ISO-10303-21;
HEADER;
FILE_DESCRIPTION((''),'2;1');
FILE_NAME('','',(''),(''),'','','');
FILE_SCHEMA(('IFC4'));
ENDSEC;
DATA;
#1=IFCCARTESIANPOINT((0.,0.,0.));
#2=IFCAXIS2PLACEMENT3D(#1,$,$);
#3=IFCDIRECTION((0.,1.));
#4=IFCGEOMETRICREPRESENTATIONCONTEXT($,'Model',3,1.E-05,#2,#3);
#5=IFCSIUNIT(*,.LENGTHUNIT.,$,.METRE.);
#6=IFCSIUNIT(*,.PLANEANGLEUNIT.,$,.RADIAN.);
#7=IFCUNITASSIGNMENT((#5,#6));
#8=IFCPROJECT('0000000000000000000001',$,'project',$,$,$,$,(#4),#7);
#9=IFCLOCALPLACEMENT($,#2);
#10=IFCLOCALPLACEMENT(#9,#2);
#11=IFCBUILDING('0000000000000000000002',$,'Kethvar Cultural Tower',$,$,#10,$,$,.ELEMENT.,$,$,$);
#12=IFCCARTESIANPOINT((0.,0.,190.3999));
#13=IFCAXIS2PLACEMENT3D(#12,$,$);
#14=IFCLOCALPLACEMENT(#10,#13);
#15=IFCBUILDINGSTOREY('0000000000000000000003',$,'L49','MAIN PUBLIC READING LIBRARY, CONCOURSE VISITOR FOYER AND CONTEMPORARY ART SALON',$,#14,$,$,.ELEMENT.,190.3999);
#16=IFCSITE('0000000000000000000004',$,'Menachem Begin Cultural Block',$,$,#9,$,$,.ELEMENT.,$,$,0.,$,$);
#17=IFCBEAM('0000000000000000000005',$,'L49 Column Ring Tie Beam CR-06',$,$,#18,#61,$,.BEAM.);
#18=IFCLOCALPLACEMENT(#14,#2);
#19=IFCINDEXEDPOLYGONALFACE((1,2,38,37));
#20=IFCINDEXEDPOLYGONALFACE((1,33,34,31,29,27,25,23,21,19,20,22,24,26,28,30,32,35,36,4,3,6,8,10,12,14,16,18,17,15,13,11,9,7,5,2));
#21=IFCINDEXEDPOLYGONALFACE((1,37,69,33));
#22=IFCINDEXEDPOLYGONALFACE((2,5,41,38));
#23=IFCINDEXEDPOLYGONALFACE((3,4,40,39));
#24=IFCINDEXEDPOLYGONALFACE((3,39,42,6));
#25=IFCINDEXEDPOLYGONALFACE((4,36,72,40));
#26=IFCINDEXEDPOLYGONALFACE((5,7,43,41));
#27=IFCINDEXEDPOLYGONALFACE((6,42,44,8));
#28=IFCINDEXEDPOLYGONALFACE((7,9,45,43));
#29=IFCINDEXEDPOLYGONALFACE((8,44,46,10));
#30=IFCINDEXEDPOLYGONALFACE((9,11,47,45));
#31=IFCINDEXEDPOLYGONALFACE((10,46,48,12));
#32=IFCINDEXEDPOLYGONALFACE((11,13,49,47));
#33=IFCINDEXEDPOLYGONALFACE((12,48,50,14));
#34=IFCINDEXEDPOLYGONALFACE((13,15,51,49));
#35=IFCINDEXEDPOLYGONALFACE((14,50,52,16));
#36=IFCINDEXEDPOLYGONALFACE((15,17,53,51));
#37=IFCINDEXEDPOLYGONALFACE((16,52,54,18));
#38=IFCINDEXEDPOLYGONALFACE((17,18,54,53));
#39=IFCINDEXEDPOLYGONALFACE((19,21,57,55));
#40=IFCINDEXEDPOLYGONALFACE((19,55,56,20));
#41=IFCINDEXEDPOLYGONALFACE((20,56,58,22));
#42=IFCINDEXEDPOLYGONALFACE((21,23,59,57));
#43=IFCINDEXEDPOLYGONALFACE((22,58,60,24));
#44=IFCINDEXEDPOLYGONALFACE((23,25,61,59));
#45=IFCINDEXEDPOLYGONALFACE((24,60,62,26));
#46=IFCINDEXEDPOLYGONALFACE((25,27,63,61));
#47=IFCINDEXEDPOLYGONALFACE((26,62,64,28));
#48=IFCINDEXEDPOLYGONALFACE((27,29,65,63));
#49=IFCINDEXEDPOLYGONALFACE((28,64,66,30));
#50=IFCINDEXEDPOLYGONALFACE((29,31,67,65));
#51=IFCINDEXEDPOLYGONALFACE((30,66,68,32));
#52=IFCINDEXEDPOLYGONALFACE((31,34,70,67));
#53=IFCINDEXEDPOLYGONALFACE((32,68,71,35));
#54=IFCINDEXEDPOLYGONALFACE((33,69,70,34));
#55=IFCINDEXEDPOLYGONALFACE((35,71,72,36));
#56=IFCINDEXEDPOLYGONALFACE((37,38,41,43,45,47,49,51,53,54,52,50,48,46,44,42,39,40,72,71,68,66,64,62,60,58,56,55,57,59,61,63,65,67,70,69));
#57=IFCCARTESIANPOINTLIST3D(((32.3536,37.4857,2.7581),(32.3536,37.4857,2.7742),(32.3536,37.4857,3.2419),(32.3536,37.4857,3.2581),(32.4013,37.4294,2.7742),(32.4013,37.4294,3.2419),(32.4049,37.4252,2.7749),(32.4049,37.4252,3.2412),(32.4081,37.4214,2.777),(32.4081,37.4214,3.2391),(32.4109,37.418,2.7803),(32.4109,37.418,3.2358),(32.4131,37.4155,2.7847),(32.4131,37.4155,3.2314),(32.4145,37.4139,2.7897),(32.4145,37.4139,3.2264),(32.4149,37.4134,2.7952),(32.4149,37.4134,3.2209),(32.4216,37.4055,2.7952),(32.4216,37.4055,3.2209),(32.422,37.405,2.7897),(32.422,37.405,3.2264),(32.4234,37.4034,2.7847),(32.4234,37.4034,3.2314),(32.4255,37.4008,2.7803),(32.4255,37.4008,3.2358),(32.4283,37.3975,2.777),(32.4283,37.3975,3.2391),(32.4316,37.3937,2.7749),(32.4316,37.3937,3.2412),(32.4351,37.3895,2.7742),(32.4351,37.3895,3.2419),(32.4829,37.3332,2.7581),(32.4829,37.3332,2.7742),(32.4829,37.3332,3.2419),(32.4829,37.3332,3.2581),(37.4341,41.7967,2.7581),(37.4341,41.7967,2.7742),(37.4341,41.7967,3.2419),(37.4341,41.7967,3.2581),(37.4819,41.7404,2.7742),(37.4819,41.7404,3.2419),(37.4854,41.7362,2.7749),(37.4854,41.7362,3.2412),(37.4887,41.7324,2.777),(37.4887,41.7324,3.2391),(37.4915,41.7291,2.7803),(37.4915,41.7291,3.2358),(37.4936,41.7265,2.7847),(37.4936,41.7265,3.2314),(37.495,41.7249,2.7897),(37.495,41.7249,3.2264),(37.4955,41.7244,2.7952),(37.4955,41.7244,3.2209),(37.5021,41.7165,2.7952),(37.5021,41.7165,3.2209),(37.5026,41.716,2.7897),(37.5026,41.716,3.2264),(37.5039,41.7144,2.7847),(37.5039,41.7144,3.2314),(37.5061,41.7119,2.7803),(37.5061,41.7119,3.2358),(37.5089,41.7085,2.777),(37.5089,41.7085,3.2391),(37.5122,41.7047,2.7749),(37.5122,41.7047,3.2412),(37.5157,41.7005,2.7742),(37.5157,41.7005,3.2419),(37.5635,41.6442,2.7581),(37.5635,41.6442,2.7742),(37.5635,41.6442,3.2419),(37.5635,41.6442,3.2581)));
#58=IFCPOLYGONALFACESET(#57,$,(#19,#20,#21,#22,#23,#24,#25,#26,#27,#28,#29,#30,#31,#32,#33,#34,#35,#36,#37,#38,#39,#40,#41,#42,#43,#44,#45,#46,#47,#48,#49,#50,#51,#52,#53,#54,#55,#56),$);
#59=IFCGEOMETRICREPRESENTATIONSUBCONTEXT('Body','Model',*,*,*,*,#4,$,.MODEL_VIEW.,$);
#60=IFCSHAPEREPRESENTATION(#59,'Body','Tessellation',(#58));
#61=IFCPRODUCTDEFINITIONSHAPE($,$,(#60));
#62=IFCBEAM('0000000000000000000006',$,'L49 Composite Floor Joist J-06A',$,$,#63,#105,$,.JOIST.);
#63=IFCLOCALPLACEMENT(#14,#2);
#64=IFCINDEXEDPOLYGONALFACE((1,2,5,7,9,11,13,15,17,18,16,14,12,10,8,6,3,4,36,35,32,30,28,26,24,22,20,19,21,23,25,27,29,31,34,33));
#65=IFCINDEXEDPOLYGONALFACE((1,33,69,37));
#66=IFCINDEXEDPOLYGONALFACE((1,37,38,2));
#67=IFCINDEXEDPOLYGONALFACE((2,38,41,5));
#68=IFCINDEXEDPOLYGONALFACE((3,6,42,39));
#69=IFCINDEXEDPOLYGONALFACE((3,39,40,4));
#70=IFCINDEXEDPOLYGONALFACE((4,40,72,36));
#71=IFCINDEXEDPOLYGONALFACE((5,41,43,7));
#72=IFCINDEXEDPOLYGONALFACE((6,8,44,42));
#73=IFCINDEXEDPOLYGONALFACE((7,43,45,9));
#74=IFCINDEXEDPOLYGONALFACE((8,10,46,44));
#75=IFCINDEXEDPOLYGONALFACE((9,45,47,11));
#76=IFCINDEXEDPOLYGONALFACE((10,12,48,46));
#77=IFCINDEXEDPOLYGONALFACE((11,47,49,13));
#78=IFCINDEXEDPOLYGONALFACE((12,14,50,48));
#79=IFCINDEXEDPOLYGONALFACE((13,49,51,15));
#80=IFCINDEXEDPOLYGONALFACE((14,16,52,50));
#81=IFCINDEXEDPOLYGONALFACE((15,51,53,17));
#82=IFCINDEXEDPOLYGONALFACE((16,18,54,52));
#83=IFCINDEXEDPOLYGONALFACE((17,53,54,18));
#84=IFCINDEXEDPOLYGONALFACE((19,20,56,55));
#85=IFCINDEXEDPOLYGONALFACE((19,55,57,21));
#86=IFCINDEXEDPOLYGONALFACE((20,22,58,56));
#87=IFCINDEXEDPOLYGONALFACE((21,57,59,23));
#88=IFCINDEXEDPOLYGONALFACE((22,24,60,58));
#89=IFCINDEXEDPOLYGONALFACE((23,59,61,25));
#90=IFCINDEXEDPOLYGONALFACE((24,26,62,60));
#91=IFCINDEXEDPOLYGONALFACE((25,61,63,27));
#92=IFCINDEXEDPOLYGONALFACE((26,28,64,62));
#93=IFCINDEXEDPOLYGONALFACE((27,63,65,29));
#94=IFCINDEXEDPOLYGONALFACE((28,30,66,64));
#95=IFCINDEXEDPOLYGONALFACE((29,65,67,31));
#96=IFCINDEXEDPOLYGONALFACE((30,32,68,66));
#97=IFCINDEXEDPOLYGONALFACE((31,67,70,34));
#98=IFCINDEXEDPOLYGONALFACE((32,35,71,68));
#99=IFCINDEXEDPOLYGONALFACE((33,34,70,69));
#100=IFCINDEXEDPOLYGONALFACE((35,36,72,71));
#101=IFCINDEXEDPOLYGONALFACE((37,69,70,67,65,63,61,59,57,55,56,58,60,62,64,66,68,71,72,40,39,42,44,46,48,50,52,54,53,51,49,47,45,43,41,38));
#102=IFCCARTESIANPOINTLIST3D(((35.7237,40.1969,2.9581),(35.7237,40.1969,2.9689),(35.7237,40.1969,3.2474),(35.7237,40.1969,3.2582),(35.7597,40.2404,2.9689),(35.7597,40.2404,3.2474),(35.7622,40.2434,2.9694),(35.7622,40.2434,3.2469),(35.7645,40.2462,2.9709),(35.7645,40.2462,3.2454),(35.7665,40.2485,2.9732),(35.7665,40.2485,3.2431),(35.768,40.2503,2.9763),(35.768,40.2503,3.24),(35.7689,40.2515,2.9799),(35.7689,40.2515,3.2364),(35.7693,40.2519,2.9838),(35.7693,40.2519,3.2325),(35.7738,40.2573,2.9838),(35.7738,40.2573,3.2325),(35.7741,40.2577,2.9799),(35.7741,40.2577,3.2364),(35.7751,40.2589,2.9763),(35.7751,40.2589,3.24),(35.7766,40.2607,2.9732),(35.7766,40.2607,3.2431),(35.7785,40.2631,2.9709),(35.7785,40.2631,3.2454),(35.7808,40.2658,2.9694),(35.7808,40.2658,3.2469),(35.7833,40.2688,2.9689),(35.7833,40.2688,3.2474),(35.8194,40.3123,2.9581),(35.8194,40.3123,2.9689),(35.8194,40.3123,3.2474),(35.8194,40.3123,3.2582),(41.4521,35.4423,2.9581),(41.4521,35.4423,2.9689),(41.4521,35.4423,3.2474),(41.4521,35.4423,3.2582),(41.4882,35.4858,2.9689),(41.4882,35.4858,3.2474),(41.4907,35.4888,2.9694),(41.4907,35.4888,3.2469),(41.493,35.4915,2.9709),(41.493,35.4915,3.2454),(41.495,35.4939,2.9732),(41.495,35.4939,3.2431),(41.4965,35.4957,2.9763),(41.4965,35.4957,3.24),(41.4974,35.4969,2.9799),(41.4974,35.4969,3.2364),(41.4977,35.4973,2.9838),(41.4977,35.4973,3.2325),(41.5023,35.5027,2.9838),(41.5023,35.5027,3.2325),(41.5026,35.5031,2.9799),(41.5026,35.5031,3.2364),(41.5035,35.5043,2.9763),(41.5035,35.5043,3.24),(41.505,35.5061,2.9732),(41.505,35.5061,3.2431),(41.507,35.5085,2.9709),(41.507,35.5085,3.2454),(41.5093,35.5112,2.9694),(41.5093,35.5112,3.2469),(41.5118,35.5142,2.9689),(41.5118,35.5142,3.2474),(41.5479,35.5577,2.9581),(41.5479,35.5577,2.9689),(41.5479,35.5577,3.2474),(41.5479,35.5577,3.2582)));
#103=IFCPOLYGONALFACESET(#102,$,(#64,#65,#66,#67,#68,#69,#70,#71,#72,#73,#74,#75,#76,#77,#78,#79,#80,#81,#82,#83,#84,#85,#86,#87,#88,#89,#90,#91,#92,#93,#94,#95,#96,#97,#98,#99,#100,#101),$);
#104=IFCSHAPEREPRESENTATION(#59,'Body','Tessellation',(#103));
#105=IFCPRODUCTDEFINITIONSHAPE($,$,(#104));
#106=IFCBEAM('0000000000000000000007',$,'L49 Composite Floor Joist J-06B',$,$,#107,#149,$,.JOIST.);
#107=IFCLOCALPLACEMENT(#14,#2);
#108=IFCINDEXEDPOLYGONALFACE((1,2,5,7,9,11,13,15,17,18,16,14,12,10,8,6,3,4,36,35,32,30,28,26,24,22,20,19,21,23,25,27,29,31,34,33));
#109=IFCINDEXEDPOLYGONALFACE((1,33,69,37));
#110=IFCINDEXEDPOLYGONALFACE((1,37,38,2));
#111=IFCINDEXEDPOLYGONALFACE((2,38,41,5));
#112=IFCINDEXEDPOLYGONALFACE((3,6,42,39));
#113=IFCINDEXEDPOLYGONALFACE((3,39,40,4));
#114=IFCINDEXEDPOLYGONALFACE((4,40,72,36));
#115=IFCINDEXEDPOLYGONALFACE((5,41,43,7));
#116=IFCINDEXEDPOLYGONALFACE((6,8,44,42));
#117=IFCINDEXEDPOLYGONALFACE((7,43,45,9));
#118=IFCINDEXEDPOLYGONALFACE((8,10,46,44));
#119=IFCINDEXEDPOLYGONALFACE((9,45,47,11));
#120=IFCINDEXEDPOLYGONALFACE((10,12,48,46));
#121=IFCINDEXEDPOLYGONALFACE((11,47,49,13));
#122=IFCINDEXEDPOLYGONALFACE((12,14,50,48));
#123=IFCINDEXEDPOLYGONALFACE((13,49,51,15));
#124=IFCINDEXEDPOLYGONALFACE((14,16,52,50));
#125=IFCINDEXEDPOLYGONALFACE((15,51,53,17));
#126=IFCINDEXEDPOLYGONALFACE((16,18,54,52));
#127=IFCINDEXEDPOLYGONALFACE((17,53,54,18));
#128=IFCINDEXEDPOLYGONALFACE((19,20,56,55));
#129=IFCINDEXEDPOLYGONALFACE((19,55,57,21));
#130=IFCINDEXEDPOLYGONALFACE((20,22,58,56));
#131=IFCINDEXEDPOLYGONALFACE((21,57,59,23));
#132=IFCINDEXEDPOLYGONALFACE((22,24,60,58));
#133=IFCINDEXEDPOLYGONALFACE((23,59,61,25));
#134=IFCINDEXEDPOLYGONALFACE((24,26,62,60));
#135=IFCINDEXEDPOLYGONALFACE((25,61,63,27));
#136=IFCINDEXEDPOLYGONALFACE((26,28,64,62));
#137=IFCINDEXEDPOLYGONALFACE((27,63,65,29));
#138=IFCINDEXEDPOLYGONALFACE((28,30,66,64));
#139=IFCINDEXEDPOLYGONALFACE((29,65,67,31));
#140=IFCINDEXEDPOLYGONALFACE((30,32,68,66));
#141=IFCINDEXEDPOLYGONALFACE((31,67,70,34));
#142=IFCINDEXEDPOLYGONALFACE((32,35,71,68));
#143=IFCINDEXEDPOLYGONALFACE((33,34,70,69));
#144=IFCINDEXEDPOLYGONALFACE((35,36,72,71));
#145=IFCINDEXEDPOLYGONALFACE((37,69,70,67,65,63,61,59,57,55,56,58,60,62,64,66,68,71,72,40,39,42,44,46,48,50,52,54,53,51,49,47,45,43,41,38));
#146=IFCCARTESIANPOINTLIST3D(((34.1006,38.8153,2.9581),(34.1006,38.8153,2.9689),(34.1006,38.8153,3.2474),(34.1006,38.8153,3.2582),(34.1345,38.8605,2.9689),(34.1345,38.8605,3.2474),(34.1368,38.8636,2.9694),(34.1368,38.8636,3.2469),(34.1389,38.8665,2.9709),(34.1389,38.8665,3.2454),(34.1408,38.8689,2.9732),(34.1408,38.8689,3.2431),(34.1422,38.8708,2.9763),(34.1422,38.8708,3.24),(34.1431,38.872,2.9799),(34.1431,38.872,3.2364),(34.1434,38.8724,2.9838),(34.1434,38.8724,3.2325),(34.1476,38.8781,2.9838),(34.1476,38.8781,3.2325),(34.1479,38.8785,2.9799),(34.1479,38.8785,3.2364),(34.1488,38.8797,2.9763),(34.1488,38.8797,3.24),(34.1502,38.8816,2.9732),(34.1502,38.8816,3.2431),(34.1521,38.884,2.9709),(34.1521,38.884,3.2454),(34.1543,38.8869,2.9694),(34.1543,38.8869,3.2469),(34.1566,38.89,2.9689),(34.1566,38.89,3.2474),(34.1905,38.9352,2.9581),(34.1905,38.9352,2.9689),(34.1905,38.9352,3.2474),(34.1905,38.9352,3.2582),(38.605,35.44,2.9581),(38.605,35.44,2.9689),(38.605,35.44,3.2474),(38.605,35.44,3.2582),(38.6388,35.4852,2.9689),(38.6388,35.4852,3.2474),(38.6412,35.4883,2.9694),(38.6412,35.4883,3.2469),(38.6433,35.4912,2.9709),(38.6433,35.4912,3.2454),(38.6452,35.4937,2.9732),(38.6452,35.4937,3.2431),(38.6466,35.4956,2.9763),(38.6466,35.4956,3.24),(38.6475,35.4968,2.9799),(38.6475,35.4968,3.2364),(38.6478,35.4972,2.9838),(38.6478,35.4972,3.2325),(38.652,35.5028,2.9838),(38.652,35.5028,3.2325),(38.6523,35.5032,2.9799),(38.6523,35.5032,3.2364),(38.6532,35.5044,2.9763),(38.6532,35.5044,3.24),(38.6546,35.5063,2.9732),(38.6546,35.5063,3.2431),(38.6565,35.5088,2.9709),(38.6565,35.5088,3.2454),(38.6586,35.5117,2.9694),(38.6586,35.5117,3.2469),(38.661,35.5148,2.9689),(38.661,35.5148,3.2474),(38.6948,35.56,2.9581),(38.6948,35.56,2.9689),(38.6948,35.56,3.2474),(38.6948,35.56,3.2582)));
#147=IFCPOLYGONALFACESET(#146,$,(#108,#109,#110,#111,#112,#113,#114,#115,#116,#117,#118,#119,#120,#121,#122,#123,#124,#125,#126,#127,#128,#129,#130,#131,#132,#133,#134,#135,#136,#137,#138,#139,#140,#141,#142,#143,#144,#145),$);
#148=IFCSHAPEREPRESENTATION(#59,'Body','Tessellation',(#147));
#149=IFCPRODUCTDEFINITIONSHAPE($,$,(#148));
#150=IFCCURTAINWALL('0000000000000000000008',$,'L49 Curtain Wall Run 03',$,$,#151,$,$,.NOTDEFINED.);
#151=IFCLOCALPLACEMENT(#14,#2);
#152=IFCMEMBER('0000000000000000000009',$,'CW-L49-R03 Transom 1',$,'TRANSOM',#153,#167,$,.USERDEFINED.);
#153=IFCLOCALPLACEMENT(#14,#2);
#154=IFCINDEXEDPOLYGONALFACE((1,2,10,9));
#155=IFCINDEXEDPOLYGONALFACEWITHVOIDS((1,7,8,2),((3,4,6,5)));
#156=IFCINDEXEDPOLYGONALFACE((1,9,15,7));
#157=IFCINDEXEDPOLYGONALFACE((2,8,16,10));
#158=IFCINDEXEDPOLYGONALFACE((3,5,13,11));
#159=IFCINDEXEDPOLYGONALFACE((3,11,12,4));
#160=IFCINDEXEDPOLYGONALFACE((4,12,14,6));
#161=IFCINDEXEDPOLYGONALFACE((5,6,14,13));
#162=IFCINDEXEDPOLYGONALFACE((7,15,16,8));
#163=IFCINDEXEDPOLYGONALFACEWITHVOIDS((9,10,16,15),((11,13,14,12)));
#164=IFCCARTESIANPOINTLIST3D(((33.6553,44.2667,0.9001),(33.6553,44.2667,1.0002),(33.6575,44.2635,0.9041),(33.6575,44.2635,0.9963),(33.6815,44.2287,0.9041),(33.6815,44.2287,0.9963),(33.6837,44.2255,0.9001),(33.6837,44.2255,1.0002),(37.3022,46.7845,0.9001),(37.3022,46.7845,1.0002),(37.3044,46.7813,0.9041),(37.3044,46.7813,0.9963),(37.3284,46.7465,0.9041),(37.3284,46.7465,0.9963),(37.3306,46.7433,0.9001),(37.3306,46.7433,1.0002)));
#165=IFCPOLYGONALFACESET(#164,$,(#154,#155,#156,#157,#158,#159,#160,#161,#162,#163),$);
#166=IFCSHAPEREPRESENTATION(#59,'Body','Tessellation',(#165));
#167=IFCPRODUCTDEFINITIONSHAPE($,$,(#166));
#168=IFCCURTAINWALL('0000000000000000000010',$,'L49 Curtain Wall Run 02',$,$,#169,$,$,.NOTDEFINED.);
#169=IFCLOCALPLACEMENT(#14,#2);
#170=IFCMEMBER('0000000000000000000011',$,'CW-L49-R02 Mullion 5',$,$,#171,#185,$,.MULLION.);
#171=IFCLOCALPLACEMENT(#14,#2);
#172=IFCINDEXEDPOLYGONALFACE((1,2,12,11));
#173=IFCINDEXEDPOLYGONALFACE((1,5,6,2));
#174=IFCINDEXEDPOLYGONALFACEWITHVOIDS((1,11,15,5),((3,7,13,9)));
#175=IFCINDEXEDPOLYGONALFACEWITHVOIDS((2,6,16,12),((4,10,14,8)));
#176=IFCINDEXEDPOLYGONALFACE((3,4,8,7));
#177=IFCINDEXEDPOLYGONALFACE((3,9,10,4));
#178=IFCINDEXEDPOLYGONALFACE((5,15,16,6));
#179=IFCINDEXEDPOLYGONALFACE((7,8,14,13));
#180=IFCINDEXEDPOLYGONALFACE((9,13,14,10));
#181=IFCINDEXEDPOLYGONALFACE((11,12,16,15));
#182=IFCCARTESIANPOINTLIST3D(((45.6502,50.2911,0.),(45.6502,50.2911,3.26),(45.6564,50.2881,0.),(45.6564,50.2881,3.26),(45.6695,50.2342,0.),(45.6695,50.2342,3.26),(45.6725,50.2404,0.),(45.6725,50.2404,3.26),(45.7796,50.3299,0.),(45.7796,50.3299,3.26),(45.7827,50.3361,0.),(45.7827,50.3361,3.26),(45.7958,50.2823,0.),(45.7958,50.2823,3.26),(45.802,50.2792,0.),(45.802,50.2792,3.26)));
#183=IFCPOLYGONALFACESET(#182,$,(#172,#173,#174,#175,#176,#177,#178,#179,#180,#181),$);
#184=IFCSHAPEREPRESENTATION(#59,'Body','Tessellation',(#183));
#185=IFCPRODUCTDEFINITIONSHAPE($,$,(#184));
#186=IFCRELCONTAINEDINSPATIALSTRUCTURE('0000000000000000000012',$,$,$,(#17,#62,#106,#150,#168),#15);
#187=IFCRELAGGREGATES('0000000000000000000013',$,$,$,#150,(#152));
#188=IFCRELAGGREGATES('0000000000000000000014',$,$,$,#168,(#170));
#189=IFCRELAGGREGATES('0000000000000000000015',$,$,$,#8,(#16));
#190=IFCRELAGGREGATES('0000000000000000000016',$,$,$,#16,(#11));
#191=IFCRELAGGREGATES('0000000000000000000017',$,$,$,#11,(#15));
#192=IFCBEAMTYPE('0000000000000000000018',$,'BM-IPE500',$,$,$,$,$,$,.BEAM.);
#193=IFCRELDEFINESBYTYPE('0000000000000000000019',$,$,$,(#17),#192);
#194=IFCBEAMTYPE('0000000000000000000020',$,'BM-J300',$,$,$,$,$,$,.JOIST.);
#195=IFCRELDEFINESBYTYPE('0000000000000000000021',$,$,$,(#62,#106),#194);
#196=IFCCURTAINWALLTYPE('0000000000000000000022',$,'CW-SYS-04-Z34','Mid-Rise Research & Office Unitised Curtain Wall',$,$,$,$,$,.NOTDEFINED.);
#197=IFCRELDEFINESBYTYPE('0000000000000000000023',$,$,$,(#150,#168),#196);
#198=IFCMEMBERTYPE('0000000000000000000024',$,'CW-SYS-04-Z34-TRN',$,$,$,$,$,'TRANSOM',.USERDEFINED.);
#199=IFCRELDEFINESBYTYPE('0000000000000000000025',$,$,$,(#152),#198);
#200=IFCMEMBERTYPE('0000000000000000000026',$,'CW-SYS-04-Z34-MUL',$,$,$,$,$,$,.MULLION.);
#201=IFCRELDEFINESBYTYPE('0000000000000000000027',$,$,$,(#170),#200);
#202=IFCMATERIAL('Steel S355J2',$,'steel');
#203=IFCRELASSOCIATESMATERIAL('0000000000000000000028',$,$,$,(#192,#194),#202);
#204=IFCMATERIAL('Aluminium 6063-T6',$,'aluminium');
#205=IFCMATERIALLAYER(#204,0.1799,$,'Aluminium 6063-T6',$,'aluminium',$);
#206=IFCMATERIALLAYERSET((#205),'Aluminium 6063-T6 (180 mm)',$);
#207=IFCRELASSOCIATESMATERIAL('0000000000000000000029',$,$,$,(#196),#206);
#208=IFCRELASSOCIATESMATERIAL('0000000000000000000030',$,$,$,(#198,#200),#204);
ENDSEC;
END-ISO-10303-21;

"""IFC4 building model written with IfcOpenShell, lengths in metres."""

from ifc_helpers import new_model, si_unit, direction, frame, origin, origin_2d, place, context, subcontext, project, spatial, hollow_rectangle, i_section, extrude, source, transform, mapped, material, layer, layer_set, material_profile, profile_set, type_object, element, aggregate, save


model = new_model("IFC4")

# Units and contexts
model_context = context("Model", 3, precision=1e-05, world=origin(), true_north=direction((0.0, 1.0)))
body_context = subcontext(model_context, "Body", "Model", "MODEL_VIEW")
ifc_project = project(units=[si_unit("LENGTHUNIT", "METRE"), si_unit("PLANEANGLEUNIT", "RADIAN")], contexts=[model_context])

# Site, building, storey
site_placement = place(None, origin())
site = spatial("IfcSite", under=ifc_project, at=site_placement, Name="Menachem Begin Cultural Block", CompositionType="ELEMENT", RefElevation=0.0)
building_placement = place(site_placement, origin())
building = spatial("IfcBuilding", under=site, at=building_placement, Name="Kethvar Cultural Tower", CompositionType="ELEMENT")
storey_placement = place(building_placement, frame((0.0, 0.0, 190.3999)))
storey = spatial("IfcBuildingStorey", under=building, at=storey_placement, Name="L49", Description="MAIN PUBLIC READING LIBRARY, CONCOURSE VISITOR FOYER AND CONTEMPORARY ART SALON", CompositionType="ELEMENT", Elevation=190.3999)

# Beams
ifc_material_1 = material(Name="Steel S355J2", Category="steel")
ifc_material_profile_1 = material_profile(ifc_material_1, i_section(OverallWidth=0.2, OverallDepth=0.5, WebThickness=0.0103, FlangeThickness=0.0161, FilletRadius=0.021, at=origin_2d()), Name="Steel S355J2 — IPE500")
ifc_profile_set_1 = profile_set([ifc_material_profile_1], Name="Steel S355J2 — IPE500")
beam_type_1 = type_object("IfcBeamType", Name="BM-IPE500", PredefinedType="BEAM", material=ifc_profile_set_1)
ifc_material_profile_2 = material_profile(ifc_material_1, i_section(OverallWidth=0.1499, OverallDepth=0.3, WebThickness=0.0071, FlangeThickness=0.0107, FilletRadius=0.0149, at=origin_2d()), Name="Steel S355J2 — IPE300")
ifc_profile_set_2 = profile_set([ifc_material_profile_2], Name="Steel S355J2 — IPE300")
beam_type_2 = type_object("IfcBeamType", Name="BM-J300", PredefinedType="JOIST", material=ifc_profile_set_2)
shared_shape_1 = source(origin(), body_context, "Body", "SweptSolid", [
    extrude(i_section(OverallWidth=0.2, OverallDepth=0.5, WebThickness=0.0103, FlangeThickness=0.0161, FilletRadius=0.021, at=origin_2d()), origin(), (0.0, 0.0, 1.0), 6.6631),
])
beam_1_placement = place(storey_placement, frame((37.4988, 41.7205, 3.0081), z_axis=(-0.762491, -0.646999, 0.0), x_axis=(0.646999, -0.762491, 0.0)))
element("IfcBeam", 1, at=beam_1_placement, inside=storey, type_object=beam_type_1, Name="L49 Column Ring Tie Beam CR-06", PredefinedType="BEAM", context=body_context, shape_type="MappedRepresentation", body=[
    mapped(shared_shape_1, transform((0.0, 0.0, 0.0), scale=1.0)),
])
shared_shape_2 = source(origin(), body_context, "Body", "SweptSolid", [
    extrude(i_section(OverallWidth=0.1499, OverallDepth=0.3, WebThickness=0.0071, FlangeThickness=0.0107, FilletRadius=0.0149, at=origin_2d()), origin(), (0.0, 0.0, 1.0), 7.4446),
])
beam_2_placement = place(storey_placement, frame((41.5, 35.5, 3.1082), z_axis=(-0.769483, 0.638667, 0.0), x_axis=(-0.638667, -0.769483, 0.0)))
element("IfcBeam", 2, at=beam_2_placement, inside=storey, type_object=beam_type_2, Name="L49 Composite Floor Joist J-06A", PredefinedType="JOIST", context=body_context, shape_type="MappedRepresentation", body=[
    mapped(shared_shape_2, transform((0.0, 0.0, 0.0), scale=1.0)),
])
shared_shape_3 = source(origin(), body_context, "Body", "SweptSolid", [
    extrude(i_section(OverallWidth=0.1499, OverallDepth=0.3, WebThickness=0.0071, FlangeThickness=0.0107, FilletRadius=0.0149, at=origin_2d()), origin(), (0.0, 0.0, 1.0), 5.6287),
])
beam_3_placement = place(storey_placement, frame((38.6499, 35.5, 3.1082), z_axis=(-0.80026, 0.599653, 0.0), x_axis=(-0.599653, -0.80026, 0.0)))
element("IfcBeam", 3, at=beam_3_placement, inside=storey, type_object=beam_type_2, Name="L49 Composite Floor Joist J-06B", PredefinedType="JOIST", context=body_context, shape_type="MappedRepresentation", body=[
    mapped(shared_shape_3, transform((0.0, 0.0, 0.0), scale=1.0)),
])

# Curtain wall, member
ifc_material_2 = material(Name="Aluminium 6063-T6", Category="aluminium")
ifc_layer_1 = layer(ifc_material_2, 0.1799, Name="Aluminium 6063-T6", Category="aluminium")
ifc_layer_set_1 = layer_set([ifc_layer_1], Name="Aluminium 6063-T6 (180 mm)")
curtain_wall_type = type_object("IfcCurtainWallType", Name="CW-SYS-04-Z34", Description="Mid-Rise Research & Office Unitised Curtain Wall", PredefinedType="NOTDEFINED", material=ifc_layer_set_1)
curtain_wall_1_placement = place(storey_placement, origin())
curtain_wall_1 = element("IfcCurtainWall", 4, at=curtain_wall_1_placement, inside=storey, type_object=curtain_wall_type, Name="L49 Curtain Wall Run 03", PredefinedType="NOTDEFINED")
ifc_material_profile_3 = material_profile(ifc_material_2, hollow_rectangle(XDim=0.05, YDim=0.1001, WallThickness=0.0039, at=origin_2d()), Name="Aluminium 6063-T6 — RHS100x50x4")
ifc_profile_set_3 = profile_set([ifc_material_profile_3], Name="Aluminium 6063-T6 — RHS100x50x4")
member_type_1 = type_object("IfcMemberType", Name="CW-SYS-04-Z34-TRN", ElementType="TRANSOM", PredefinedType="USERDEFINED", material=ifc_profile_set_3)
shared_shape_4 = source(origin(), body_context, "Body", "SweptSolid", [
    extrude(hollow_rectangle(XDim=0.05, YDim=0.1001, WallThickness=0.0039, at=origin_2d()), origin(), (0.0, 0.0, 1.0), 4.4316),
])
member_1_placement = place(storey_placement, frame((37.3164, 46.7639, 0.9502), z_axis=(-0.822931, -0.568141, 0.0), x_axis=(0.568141, -0.822931, 0.0)))
member_1 = element("IfcMember", 5, at=member_1_placement, type_object=member_type_1, Name="CW-L49-R03 Transom 1", ObjectType="TRANSOM", PredefinedType="USERDEFINED", context=body_context, shape_type="MappedRepresentation", body=[
    mapped(shared_shape_4, transform((0.0, 0.0, 0.0), scale=1.0)),
])

# Curtain wall, member
curtain_wall_2_placement = place(storey_placement, origin())
curtain_wall_2 = element("IfcCurtainWall", 6, at=curtain_wall_2_placement, inside=storey, type_object=curtain_wall_type, Name="L49 Curtain Wall Run 02", PredefinedType="NOTDEFINED")
ifc_material_profile_4 = material_profile(ifc_material_2, hollow_rectangle(XDim=0.0601, YDim=0.1399, WallThickness=0.0049, at=origin_2d()), Name="Aluminium 6063-T6 — RHS140x60x5")
ifc_profile_set_4 = profile_set([ifc_material_profile_4], Name="Aluminium 6063-T6 — RHS140x60x5")
member_type_2 = type_object("IfcMemberType", Name="CW-SYS-04-Z34-MUL", PredefinedType="MULLION", material=ifc_profile_set_4)
shared_shape_5 = source(origin(), body_context, "Body", "SweptSolid", [
    extrude(hollow_rectangle(XDim=0.0601, YDim=0.1399, WallThickness=0.0049, at=origin_2d()), origin(), (0.0, 0.0, 1.0), 3.26),
])
member_2_placement = place(storey_placement, frame((45.7261, 50.2852, 0.0), z_axis=(0.0, 0.0, 1.0), x_axis=(0.321439, -0.94693, 0.0)))
member_2 = element("IfcMember", 7, at=member_2_placement, type_object=member_type_2, Name="CW-L49-R02 Mullion 5", PredefinedType="MULLION", context=body_context, shape_type="MappedRepresentation", body=[
    mapped(shared_shape_5, transform((0.0, 0.0, 0.0), scale=1.0)),
])

aggregate(curtain_wall_1, [member_1])

aggregate(curtain_wall_2, [member_2])

save(model, "model.ifc")
